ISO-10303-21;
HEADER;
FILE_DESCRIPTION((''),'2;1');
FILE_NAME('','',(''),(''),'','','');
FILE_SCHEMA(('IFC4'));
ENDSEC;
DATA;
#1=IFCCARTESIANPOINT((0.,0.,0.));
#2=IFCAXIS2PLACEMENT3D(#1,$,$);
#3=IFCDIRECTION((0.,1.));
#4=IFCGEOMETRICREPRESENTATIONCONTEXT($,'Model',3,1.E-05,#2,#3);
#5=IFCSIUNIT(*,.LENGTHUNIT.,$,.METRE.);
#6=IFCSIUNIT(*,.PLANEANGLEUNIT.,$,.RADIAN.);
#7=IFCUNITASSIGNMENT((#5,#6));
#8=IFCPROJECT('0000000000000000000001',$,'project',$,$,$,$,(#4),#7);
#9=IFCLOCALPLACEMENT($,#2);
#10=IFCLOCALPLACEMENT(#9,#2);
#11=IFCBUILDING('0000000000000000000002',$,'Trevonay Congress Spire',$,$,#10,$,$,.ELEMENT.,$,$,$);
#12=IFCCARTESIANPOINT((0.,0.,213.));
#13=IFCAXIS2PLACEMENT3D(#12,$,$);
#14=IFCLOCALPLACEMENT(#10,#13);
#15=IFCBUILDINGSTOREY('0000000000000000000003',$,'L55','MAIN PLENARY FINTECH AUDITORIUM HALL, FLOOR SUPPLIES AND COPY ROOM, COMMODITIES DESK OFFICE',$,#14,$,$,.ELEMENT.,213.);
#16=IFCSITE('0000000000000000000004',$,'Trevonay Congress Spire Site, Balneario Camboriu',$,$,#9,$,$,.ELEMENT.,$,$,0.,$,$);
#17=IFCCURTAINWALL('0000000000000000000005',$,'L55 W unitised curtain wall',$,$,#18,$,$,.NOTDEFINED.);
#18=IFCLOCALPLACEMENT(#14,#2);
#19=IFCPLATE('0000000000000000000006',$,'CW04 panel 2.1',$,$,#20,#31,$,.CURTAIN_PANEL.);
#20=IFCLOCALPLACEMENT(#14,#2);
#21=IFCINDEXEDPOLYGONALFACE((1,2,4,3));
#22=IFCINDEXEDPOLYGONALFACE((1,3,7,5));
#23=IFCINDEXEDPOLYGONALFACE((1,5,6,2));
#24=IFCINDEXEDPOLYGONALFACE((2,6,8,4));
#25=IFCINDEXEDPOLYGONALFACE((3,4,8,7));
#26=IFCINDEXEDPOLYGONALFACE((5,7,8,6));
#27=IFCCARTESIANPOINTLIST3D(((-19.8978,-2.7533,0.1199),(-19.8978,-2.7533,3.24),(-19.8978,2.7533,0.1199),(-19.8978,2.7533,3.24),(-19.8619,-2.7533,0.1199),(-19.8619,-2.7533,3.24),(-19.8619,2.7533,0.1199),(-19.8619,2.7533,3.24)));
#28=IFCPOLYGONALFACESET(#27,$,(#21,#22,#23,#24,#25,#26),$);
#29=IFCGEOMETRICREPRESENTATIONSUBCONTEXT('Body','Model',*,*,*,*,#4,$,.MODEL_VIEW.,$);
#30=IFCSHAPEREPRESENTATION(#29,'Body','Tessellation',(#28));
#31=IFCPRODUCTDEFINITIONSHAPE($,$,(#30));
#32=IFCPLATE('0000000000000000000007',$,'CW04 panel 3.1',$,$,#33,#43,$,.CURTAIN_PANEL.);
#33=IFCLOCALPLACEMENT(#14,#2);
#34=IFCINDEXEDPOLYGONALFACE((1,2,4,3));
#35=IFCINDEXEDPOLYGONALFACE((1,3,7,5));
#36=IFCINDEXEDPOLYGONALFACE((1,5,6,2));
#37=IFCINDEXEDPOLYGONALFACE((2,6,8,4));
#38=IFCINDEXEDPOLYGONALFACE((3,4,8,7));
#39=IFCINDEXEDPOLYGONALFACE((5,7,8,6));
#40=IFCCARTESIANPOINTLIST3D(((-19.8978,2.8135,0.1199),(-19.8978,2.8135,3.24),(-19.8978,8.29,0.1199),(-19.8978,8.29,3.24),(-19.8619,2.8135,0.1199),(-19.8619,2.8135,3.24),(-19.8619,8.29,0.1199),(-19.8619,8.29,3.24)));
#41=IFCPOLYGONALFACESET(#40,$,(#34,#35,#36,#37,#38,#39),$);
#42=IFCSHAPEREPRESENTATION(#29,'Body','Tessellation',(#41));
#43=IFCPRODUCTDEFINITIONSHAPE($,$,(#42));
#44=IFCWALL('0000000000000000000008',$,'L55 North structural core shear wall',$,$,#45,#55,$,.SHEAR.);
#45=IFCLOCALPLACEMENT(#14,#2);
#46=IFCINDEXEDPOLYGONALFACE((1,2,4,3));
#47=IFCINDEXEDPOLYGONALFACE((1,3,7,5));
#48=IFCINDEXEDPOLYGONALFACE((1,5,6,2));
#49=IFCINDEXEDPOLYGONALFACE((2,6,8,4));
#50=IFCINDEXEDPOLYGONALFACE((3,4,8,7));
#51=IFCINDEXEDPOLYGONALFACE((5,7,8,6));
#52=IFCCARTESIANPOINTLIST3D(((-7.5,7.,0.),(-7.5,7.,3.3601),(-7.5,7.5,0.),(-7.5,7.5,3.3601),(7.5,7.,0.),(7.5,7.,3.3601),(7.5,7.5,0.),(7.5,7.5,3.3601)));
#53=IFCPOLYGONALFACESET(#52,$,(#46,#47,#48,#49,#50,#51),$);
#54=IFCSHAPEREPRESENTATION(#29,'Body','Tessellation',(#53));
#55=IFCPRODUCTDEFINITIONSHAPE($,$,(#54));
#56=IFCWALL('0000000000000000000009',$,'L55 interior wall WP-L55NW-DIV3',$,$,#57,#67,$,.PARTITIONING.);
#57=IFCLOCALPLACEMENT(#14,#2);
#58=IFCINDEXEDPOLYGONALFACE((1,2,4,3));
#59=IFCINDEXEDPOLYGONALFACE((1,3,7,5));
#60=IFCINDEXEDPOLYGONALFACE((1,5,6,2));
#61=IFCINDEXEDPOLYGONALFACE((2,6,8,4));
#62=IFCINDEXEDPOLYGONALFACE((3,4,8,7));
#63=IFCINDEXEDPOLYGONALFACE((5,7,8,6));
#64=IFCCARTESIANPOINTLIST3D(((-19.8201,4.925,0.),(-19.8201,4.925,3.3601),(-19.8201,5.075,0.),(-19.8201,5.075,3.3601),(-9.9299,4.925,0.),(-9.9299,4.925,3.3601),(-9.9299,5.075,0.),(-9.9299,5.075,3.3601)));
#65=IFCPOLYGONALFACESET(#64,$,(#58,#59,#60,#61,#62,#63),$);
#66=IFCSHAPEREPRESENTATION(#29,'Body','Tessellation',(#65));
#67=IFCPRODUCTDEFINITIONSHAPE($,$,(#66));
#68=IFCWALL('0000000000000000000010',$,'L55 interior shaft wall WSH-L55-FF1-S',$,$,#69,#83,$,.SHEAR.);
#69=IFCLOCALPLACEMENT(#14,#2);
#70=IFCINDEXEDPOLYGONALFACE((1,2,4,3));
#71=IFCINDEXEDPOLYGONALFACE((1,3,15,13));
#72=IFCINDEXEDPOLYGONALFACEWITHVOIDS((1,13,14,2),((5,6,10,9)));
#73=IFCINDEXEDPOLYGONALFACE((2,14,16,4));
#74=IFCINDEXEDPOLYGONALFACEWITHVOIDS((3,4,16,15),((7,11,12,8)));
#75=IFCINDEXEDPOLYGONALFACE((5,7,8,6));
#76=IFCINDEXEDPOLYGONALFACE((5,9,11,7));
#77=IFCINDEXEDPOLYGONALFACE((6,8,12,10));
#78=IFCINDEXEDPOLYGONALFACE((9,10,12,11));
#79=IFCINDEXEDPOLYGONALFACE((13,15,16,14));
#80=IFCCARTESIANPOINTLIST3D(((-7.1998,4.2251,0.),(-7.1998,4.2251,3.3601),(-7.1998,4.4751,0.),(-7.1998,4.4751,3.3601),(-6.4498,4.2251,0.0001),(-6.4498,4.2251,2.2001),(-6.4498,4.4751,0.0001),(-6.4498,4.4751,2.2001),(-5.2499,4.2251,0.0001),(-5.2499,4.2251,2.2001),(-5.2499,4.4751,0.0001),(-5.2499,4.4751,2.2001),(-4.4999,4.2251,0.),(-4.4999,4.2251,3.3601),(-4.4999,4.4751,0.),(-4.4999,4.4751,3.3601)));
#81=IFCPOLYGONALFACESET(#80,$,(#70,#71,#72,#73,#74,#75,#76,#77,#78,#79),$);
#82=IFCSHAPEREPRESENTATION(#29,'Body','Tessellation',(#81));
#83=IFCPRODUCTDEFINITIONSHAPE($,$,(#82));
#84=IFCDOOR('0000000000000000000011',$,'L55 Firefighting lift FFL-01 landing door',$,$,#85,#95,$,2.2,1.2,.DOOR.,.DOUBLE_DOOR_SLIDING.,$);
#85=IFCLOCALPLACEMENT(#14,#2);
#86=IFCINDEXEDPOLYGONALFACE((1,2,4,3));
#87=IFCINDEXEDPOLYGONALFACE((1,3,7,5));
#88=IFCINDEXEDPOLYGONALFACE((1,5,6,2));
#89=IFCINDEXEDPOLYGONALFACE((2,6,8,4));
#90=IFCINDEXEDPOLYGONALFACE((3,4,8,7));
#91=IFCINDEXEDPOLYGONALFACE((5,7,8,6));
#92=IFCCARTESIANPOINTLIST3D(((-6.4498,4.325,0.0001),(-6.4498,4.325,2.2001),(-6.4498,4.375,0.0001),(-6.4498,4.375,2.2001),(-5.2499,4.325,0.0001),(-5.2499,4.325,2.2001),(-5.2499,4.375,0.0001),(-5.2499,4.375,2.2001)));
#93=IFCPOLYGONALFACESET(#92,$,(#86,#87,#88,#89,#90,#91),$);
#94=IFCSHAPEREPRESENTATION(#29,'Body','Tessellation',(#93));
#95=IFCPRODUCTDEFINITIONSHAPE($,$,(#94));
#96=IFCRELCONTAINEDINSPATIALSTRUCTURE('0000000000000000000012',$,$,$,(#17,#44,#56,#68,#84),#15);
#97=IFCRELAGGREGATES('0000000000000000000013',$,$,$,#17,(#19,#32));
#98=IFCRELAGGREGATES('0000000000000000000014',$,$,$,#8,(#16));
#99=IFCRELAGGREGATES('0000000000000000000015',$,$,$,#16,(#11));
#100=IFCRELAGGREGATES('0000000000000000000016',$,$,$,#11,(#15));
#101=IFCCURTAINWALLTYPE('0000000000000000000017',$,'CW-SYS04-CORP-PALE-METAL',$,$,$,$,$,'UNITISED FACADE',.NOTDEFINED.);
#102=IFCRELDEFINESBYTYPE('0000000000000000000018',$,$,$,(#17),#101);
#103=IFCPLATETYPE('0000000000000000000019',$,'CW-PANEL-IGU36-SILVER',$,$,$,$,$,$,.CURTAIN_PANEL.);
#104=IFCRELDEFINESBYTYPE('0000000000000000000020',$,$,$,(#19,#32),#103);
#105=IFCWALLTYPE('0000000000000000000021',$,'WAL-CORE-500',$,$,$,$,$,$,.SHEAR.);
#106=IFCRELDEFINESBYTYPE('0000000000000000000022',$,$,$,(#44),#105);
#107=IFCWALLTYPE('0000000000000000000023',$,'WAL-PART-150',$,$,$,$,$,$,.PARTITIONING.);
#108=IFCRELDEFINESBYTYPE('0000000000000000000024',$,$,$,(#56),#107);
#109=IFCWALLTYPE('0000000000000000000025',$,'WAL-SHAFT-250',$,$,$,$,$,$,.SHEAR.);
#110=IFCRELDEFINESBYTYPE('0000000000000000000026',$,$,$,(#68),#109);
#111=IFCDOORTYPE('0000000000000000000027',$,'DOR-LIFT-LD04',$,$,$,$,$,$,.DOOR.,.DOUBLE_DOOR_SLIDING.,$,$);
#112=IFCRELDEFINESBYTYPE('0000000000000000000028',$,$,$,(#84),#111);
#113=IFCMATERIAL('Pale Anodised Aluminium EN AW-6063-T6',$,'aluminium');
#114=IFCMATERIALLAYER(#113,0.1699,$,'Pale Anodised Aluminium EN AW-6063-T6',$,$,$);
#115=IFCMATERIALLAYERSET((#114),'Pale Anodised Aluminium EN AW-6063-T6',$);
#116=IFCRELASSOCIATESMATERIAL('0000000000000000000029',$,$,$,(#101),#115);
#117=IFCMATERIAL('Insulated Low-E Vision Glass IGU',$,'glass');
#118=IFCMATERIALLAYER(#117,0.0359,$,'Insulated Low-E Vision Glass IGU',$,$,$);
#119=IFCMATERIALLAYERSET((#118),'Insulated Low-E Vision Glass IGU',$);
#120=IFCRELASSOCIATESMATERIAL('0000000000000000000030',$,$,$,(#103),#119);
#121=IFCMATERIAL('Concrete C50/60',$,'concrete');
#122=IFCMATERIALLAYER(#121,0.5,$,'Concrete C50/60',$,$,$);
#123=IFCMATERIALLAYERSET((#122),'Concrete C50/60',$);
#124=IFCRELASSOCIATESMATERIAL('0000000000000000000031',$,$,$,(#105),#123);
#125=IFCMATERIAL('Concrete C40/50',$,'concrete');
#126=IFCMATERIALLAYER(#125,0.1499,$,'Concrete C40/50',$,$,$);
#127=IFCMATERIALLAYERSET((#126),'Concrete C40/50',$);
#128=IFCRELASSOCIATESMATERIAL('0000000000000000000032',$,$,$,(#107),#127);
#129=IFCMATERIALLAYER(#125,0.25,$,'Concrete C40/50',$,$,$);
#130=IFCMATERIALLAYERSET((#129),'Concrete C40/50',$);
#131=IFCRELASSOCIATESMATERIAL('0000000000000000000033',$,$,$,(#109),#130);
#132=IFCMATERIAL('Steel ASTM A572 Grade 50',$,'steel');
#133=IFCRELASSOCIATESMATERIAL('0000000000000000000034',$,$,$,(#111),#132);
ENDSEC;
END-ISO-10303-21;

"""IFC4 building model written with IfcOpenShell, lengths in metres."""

from ifc_helpers import new_model, si_unit, direction, frame, frame_2d, origin, origin_2d, place, context, subcontext, project, spatial, rectangle, extrude, material, layer, layer_set, type_object, element, fill, aggregate, save


model = new_model("IFC4")

# Units and contexts
model_context = context("Model", 3, precision=1e-05, world=origin(), true_north=direction((0.0, 1.0)))
body_context = subcontext(model_context, "Body", "Model", "MODEL_VIEW")
ifc_project = project(units=[si_unit("LENGTHUNIT", "METRE"), si_unit("PLANEANGLEUNIT", "RADIAN")], contexts=[model_context])

# Site, building, storey
site_placement = place(None, origin())
site = spatial("IfcSite", under=ifc_project, at=site_placement, Name="Trevonay Congress Spire Site, Balneario Camboriu", CompositionType="ELEMENT", RefElevation=0.0)
building_placement = place(site_placement, origin())
building = spatial("IfcBuilding", under=site, at=building_placement, Name="Trevonay Congress Spire", CompositionType="ELEMENT")
storey_placement = place(building_placement, frame((0.0, 0.0, 213.0)))
storey = spatial("IfcBuildingStorey", under=building, at=storey_placement, Name="L55", Description="MAIN PLENARY FINTECH AUDITORIUM HALL, FLOOR SUPPLIES AND COPY ROOM, COMMODITIES DESK OFFICE", CompositionType="ELEMENT", Elevation=213.0)

# Shared definitions
ifc_material_1 = material(Name="Steel ASTM A572 Grade 50", Category="steel")

# Curtain wall
ifc_material_2 = material(Name="Pale Anodised Aluminium EN AW-6063-T6", Category="aluminium")
ifc_layer_1 = layer(ifc_material_2, 0.1699, Name="Pale Anodised Aluminium EN AW-6063-T6")
ifc_layer_set_1 = layer_set([ifc_layer_1], Name="Pale Anodised Aluminium EN AW-6063-T6")
curtain_wall_type = type_object("IfcCurtainWallType", Name="CW-SYS04-CORP-PALE-METAL", ElementType="UNITISED FACADE", PredefinedType="NOTDEFINED", material=ifc_layer_set_1)
curtain_wall_placement = place(storey_placement, origin())
curtain_wall = element("IfcCurtainWall", 1, at=curtain_wall_placement, inside=storey, type_object=curtain_wall_type, Name="L55 W unitised curtain wall", PredefinedType="NOTDEFINED")

# Plates
ifc_material_3 = material(Name="Insulated Low-E Vision Glass IGU", Category="glass")
ifc_layer_2 = layer(ifc_material_3, 0.0359, Name="Insulated Low-E Vision Glass IGU")
ifc_layer_set_2 = layer_set([ifc_layer_2], Name="Insulated Low-E Vision Glass IGU")
plate_type = type_object("IfcPlateType", Name="CW-PANEL-IGU36-SILVER", PredefinedType="CURTAIN_PANEL", material=ifc_layer_set_2)
plate_1_placement = place(storey_placement, frame((-19.8799, 0.0, 0.1199), z_axis=(0.0, 0.0, 1.0), x_axis=(0.0, 1.0, 0.0)))
plate_1 = element("IfcPlate", 2, at=plate_1_placement, type_object=plate_type, Name="CW04 panel 2.1", PredefinedType="CURTAIN_PANEL", context=body_context, shape_type="SweptSolid", body=[
    extrude(rectangle(XDim=5.5066, YDim=0.0359, at=origin_2d()), origin(), (0.0, 0.0, 1.0), 3.1201),
])
plate_2_placement = place(storey_placement, frame((-19.8799, 5.5518, 0.1199), z_axis=(0.0, 0.0, 1.0), x_axis=(0.0, 1.0, 0.0)))
plate_2 = element("IfcPlate", 3, at=plate_2_placement, type_object=plate_type, Name="CW04 panel 3.1", PredefinedType="CURTAIN_PANEL", context=body_context, shape_type="SweptSolid", body=[
    extrude(rectangle(XDim=5.4766, YDim=0.0359, at=origin_2d()), origin(), (0.0, 0.0, 1.0), 3.1201),
])
aggregate(curtain_wall, [plate_1, plate_2])

# Walls
ifc_material_4 = material(Name="Concrete C50/60", Category="concrete")
ifc_layer_3 = layer(ifc_material_4, 0.5, Name="Concrete C50/60")
ifc_layer_set_3 = layer_set([ifc_layer_3], Name="Concrete C50/60")
wall_type_1 = type_object("IfcWallType", Name="WAL-CORE-500", PredefinedType="SHEAR", material=ifc_layer_set_3)
wall_1_placement = place(storey_placement, frame((-7.5, 7.25, 0.0), z_axis=(0.0, 0.0, 1.0), x_axis=(1.0, 0.0, 0.0)))
element("IfcWall", 4, at=wall_1_placement, inside=storey, type_object=wall_type_1, Name="L55 North structural core shear wall", PredefinedType="SHEAR", context=body_context, shape_type="SweptSolid", body=[
    extrude(rectangle(XDim=15.0, YDim=0.5, at=frame_2d((7.5, 0.0))), origin(), (0.0, 0.0, 1.0), 3.3601),
])
ifc_material_5 = material(Name="Concrete C40/50", Category="concrete")
ifc_layer_4 = layer(ifc_material_5, 0.1499, Name="Concrete C40/50")
ifc_layer_set_4 = layer_set([ifc_layer_4], Name="Concrete C40/50")
wall_type_2 = type_object("IfcWallType", Name="WAL-PART-150", PredefinedType="PARTITIONING", material=ifc_layer_set_4)
wall_2_placement = place(storey_placement, frame((-19.8201, 5.0, 0.0), z_axis=(0.0, 0.0, 1.0), x_axis=(1.0, 0.0, 0.0)))
element("IfcWall", 5, at=wall_2_placement, inside=storey, type_object=wall_type_2, Name="L55 interior wall WP-L55NW-DIV3", PredefinedType="PARTITIONING", context=body_context, shape_type="SweptSolid", body=[
    extrude(rectangle(XDim=9.8901, YDim=0.1499, at=frame_2d((4.9451, 0.0))), origin(), (0.0, 0.0, 1.0), 3.3601),
])

# Wall, opening, door
ifc_layer_5 = layer(ifc_material_5, 0.25, Name="Concrete C40/50")
ifc_layer_set_5 = layer_set([ifc_layer_5], Name="Concrete C40/50")
wall_type_3 = type_object("IfcWallType", Name="WAL-SHAFT-250", PredefinedType="SHEAR", material=ifc_layer_set_5)
wall_3_placement = place(storey_placement, frame((-7.2, 4.3501, 0.0), z_axis=(0.0, 0.0, 1.0), x_axis=(1.0, 0.0, 0.0)))
wall_3 = element("IfcWall", 6, at=wall_3_placement, inside=storey, type_object=wall_type_3, Name="L55 interior shaft wall WSH-L55-FF1-S", PredefinedType="SHEAR", context=body_context, shape_type="SweptSolid", body=[
    extrude(rectangle(XDim=2.7, YDim=0.25, at=frame_2d((1.3501, 0.0))), origin(), (0.0, 0.0, 1.0), 3.3601),
])
opening_placement = place(wall_3_placement, frame((0.75, 0.0, 0.0)))
opening = element("IfcOpeningElement", 7, at=opening_placement, cuts=wall_3, PredefinedType="OPENING", context=body_context, shape_type="SweptSolid", body=[
    extrude(rectangle(XDim=1.2, YDim=2.2, at=frame_2d((0.6001, 1.1001))), frame((0.0, 0.135, 0.0), z_axis=(0.0, -1.0, 0.0), x_axis=(1.0, 0.0, 0.0)), (0.0, 0.0, 1.0), 0.27),
])
door_type = type_object("IfcDoorType", Name="DOR-LIFT-LD04", OperationType="DOUBLE_DOOR_SLIDING", PredefinedType="DOOR", material=ifc_material_1)
door_placement = place(opening_placement, origin())
door = element("IfcDoor", 8, at=door_placement, inside=storey, type_object=door_type, Name="L55 Firefighting lift FFL-01 landing door", OperationType="DOUBLE_DOOR_SLIDING", OverallHeight=2.2, OverallWidth=1.2, PredefinedType="DOOR", context=body_context, shape_type="SweptSolid", body=[
    extrude(rectangle(XDim=1.2, YDim=2.2, at=frame_2d((0.6001, 1.1001))), frame((0.0, 0.0249, 0.0), z_axis=(0.0, -1.0, 0.0), x_axis=(1.0, 0.0, 0.0)), (0.0, 0.0, 1.0), 0.05),
])
fill(opening, door)

save(model, "model.ifc")
